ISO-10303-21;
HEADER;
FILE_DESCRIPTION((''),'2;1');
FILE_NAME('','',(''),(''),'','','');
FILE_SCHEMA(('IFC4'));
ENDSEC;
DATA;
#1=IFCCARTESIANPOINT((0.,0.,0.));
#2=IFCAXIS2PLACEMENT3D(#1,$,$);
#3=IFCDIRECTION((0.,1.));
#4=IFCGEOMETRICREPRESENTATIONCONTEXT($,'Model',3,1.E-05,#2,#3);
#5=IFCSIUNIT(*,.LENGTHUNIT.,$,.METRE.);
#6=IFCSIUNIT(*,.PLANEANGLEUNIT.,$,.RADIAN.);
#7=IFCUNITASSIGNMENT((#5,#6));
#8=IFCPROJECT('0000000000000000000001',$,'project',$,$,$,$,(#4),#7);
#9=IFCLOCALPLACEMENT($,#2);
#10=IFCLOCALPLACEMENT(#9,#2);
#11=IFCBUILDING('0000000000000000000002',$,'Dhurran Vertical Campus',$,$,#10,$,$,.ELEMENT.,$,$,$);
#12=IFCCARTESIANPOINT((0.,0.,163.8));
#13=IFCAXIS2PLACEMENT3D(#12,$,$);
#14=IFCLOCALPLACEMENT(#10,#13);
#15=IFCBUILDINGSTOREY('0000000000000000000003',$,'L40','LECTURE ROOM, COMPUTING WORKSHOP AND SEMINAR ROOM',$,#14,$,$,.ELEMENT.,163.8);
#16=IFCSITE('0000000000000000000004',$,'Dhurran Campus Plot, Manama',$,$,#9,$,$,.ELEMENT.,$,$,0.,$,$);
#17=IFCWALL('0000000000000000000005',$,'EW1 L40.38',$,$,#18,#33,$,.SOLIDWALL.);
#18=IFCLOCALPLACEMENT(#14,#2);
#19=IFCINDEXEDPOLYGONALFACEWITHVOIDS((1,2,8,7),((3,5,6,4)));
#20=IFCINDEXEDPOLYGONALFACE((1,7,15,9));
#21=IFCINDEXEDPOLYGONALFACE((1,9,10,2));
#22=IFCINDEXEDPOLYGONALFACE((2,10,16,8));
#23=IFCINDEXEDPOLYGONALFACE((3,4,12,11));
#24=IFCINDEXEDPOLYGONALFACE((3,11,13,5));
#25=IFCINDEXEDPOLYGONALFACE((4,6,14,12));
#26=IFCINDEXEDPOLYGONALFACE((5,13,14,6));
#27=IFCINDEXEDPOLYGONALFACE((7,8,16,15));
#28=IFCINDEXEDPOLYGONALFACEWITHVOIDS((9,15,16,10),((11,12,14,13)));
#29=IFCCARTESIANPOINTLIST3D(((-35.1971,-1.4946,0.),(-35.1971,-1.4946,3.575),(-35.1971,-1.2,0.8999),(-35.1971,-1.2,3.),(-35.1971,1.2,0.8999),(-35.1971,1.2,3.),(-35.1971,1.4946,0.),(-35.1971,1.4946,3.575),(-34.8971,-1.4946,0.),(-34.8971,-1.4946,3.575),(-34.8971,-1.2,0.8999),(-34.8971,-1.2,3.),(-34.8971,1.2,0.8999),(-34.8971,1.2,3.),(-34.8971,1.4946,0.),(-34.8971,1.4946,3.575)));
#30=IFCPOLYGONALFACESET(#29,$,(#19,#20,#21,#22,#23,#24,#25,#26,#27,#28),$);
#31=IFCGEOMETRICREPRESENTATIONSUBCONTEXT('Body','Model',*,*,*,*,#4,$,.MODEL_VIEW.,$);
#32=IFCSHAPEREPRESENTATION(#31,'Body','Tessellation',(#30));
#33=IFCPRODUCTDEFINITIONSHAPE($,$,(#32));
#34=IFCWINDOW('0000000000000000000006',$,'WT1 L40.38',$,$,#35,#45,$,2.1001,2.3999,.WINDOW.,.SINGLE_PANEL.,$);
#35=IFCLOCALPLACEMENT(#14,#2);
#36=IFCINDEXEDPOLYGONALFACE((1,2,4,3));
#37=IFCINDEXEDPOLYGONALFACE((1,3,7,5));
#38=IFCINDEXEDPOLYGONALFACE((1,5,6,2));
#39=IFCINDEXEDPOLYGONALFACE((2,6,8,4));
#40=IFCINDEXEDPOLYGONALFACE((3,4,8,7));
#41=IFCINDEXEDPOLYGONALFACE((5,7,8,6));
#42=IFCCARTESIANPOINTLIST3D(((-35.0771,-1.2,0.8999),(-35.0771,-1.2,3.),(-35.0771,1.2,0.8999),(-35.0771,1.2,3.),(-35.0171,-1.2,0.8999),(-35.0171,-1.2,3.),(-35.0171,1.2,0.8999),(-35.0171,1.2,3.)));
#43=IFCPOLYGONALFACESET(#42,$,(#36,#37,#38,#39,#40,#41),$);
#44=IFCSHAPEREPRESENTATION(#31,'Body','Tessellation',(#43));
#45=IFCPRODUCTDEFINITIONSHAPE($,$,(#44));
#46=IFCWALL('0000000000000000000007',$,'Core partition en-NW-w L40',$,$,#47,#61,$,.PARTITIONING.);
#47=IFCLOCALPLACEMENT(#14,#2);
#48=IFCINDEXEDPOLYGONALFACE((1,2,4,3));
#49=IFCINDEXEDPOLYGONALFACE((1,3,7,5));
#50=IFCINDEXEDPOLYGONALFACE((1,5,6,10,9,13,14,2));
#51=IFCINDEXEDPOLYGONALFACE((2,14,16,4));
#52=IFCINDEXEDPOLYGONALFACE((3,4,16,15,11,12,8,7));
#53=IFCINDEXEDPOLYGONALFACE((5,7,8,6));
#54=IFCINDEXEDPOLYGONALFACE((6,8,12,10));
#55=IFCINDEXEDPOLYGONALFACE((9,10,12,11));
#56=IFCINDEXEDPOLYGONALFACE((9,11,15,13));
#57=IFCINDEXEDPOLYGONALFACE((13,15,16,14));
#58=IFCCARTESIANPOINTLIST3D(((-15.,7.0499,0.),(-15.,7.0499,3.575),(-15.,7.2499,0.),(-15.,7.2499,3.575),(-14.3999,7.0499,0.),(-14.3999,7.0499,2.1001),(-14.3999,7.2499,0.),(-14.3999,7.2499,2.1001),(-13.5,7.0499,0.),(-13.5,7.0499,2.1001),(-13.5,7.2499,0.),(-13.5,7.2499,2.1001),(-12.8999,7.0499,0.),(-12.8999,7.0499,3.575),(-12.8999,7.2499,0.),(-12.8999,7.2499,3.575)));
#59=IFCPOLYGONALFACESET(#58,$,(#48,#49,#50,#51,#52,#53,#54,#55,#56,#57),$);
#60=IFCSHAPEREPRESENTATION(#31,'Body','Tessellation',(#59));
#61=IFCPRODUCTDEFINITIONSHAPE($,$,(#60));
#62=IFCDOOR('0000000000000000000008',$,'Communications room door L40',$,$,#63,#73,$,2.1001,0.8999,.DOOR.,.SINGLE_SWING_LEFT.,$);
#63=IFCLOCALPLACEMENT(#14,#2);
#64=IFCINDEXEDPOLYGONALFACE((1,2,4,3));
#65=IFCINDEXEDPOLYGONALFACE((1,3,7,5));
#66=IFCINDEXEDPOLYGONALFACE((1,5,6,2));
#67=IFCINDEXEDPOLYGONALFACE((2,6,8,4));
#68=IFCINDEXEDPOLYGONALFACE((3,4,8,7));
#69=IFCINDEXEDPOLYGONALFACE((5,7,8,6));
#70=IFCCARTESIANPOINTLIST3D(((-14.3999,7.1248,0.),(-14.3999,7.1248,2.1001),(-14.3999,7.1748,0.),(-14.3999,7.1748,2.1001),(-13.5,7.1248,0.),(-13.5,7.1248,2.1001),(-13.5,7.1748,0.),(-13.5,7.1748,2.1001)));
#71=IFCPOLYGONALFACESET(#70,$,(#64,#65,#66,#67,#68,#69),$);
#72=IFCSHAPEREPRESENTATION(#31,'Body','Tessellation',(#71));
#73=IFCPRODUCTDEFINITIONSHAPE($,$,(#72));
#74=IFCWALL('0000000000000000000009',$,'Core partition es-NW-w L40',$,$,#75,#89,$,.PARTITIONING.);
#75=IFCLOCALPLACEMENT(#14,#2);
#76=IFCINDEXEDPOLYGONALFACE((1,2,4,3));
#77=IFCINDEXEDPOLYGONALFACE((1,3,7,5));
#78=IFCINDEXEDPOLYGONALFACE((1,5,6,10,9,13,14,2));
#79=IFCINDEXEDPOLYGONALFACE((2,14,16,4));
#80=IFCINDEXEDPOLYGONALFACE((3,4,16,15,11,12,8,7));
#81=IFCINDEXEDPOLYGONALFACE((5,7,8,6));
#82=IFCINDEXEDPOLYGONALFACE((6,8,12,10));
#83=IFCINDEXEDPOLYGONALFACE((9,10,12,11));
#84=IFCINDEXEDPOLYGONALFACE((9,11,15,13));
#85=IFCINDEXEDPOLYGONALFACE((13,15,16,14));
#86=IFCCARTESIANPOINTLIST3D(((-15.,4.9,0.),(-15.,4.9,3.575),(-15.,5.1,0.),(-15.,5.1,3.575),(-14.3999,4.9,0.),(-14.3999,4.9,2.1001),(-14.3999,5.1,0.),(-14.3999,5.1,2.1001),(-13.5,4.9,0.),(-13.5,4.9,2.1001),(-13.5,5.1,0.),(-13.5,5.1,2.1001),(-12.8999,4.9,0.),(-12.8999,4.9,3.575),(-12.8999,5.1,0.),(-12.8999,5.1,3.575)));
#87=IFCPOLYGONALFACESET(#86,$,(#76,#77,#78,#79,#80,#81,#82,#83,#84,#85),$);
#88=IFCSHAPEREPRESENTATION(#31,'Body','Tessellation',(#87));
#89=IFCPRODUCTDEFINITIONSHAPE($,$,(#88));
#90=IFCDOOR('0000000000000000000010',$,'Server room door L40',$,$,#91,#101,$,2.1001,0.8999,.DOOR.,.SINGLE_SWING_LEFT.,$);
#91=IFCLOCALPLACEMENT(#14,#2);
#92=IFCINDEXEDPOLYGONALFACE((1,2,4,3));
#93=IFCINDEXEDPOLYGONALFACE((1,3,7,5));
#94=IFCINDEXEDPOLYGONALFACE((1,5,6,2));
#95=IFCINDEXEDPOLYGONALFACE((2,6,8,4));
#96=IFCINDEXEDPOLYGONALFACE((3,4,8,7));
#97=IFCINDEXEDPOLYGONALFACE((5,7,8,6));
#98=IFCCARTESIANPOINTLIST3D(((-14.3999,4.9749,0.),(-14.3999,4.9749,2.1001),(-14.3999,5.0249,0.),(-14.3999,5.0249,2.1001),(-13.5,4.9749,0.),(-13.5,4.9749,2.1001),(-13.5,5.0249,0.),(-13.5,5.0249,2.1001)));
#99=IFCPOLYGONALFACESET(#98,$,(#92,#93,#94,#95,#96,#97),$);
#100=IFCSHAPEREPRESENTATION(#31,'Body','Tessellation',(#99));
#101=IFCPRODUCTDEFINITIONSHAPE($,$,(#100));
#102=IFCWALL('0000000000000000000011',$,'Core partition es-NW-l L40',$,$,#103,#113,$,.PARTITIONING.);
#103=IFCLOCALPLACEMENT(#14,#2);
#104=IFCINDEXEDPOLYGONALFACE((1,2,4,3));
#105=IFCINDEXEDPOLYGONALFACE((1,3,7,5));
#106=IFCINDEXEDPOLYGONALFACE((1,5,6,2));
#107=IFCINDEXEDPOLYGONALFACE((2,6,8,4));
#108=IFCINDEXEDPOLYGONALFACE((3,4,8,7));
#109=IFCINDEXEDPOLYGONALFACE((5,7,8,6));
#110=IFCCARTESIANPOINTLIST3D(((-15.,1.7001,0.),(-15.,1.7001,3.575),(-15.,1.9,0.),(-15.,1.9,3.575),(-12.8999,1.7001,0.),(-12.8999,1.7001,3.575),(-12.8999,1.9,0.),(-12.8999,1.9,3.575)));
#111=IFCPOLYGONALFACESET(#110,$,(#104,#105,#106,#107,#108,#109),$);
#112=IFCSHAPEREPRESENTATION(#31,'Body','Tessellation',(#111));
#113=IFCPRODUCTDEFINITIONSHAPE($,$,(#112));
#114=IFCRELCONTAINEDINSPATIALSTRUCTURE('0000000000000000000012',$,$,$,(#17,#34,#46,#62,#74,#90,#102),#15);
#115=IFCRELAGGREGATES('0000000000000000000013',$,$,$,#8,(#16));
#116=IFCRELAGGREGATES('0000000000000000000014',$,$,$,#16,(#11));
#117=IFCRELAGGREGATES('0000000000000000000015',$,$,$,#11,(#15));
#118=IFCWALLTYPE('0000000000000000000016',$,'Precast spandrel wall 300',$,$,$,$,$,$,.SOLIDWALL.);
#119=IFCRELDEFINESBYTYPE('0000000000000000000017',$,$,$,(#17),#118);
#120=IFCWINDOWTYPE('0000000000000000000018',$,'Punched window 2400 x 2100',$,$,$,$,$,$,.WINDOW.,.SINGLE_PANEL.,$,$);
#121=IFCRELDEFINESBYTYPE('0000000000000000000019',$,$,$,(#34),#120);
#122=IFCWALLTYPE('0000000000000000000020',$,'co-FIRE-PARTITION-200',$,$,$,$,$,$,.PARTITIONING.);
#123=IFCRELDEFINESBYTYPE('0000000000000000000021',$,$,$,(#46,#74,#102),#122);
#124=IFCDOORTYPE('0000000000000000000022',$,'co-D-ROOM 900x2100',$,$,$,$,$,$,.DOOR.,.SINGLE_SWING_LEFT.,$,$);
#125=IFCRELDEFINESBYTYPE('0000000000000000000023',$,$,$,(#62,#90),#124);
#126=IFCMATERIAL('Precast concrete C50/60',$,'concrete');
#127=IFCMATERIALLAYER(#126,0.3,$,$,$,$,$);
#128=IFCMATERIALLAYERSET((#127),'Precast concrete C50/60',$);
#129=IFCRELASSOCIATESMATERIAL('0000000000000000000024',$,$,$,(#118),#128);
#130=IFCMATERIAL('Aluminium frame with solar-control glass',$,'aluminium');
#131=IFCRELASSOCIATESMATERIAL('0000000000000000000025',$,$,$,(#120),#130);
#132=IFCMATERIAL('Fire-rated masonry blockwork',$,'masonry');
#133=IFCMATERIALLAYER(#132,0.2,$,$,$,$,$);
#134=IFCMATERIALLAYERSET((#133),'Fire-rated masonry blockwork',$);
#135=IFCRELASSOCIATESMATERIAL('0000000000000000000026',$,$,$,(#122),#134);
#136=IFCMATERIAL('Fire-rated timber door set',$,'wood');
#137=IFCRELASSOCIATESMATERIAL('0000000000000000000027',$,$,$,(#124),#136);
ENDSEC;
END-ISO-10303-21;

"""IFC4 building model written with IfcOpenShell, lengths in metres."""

from ifc_helpers import new_model, si_unit, direction, frame, frame_2d, origin, place, context, subcontext, project, spatial, rectangle, extrude, material, layer, layer_set, type_object, element, fill, save


model = new_model("IFC4")

# Units and contexts
model_context = context("Model", 3, precision=1e-05, world=origin(), true_north=direction((0.0, 1.0)))
body_context = subcontext(model_context, "Body", "Model", "MODEL_VIEW")
ifc_project = project(units=[si_unit("LENGTHUNIT", "METRE"), si_unit("PLANEANGLEUNIT", "RADIAN")], contexts=[model_context])

# Site, building, storey
site_placement = place(None, origin())
site = spatial("IfcSite", under=ifc_project, at=site_placement, Name="Dhurran Campus Plot, Manama", CompositionType="ELEMENT", RefElevation=0.0)
building_placement = place(site_placement, origin())
building = spatial("IfcBuilding", under=site, at=building_placement, Name="Dhurran Vertical Campus", CompositionType="ELEMENT")
storey_placement = place(building_placement, frame((0.0, 0.0, 163.8)))
storey = spatial("IfcBuildingStorey", under=building, at=storey_placement, Name="L40", Description="LECTURE ROOM, COMPUTING WORKSHOP AND SEMINAR ROOM", CompositionType="ELEMENT", Elevation=163.8)

# Wall, opening, window
ifc_material_1 = material(Name="Precast concrete C50/60", Category="concrete")
ifc_layer_1 = layer(ifc_material_1, 0.3)
ifc_layer_set_1 = layer_set([ifc_layer_1], Name="Precast concrete C50/60")
wall_type_1 = type_object("IfcWallType", Name="Precast spandrel wall 300", PredefinedType="SOLIDWALL", material=ifc_layer_set_1)
ifc_material_2 = material(Name="Aluminium frame with solar-control glass", Category="aluminium")
window_type = type_object("IfcWindowType", Name="Punched window 2400 x 2100", PartitioningType="SINGLE_PANEL", PredefinedType="WINDOW", material=ifc_material_2)
wall_1_placement = place(storey_placement, frame((-35.0471, 1.4946, 0.0), z_axis=(0.0, 0.0, 1.0), x_axis=(0.0, -1.0, 0.0)))
wall_1 = element("IfcWall", 1, at=wall_1_placement, inside=storey, type_object=wall_type_1, Name="EW1 L40.38", PredefinedType="SOLIDWALL", context=body_context, shape_type="SweptSolid", body=[
    extrude(rectangle(XDim=2.9893, YDim=0.3, at=frame_2d((1.4946, 0.0))), origin(), (0.0, 0.0, 1.0), 3.575),
])
opening_1_placement = place(wall_1_placement, frame((0.2947, 0.0, 0.8999)))
opening_1 = element("IfcOpeningElement", 2, at=opening_1_placement, cuts=wall_1, PredefinedType="OPENING", context=body_context, shape_type="SweptSolid", body=[
    extrude(rectangle(XDim=2.3999, YDim=2.1001, at=frame_2d((1.2, 1.05))), frame((0.0, 0.1599, 0.0), z_axis=(0.0, -1.0, 0.0), x_axis=(1.0, 0.0, 0.0)), (0.0, 0.0, 1.0), 0.3201),
])
window_1_placement = place(opening_1_placement, origin())
window_1 = element("IfcWindow", 3, at=window_1_placement, inside=storey, type_object=window_type, Name="WT1 L40.38", OverallHeight=2.1001, OverallWidth=2.3999, PartitioningType="SINGLE_PANEL", PredefinedType="WINDOW", context=body_context, shape_type="SweptSolid", body=[
    extrude(rectangle(XDim=2.3999, YDim=2.1001, at=frame_2d((1.2, 1.05))), frame((0.0, 0.03, 0.0), z_axis=(0.0, -1.0, 0.0), x_axis=(1.0, 0.0, 0.0)), (0.0, 0.0, 1.0), 0.0601),
])
fill(opening_1, window_1)

# Walls, openings, doors
ifc_material_3 = material(Name="Fire-rated masonry blockwork", Category="masonry")
ifc_layer_2 = layer(ifc_material_3, 0.2)
ifc_layer_set_2 = layer_set([ifc_layer_2], Name="Fire-rated masonry blockwork")
wall_type_2 = type_object("IfcWallType", Name="co-FIRE-PARTITION-200", PredefinedType="PARTITIONING", material=ifc_layer_set_2)
wall_2_placement = place(storey_placement, frame((-15.0, 7.1499, 0.0), z_axis=(0.0, 0.0, 1.0), x_axis=(1.0, 0.0, 0.0)))
wall_2 = element("IfcWall", 4, at=wall_2_placement, inside=storey, type_object=wall_type_2, Name="Core partition en-NW-w L40", PredefinedType="PARTITIONING", context=body_context, shape_type="SweptSolid", body=[
    extrude(rectangle(XDim=2.1001, YDim=0.2, at=frame_2d((1.05, 0.0))), origin(), (0.0, 0.0, 1.0), 3.575),
])
opening_2_placement = place(wall_2_placement, frame((0.6001, 0.0, 0.0)))
opening_2 = element("IfcOpeningElement", 5, at=opening_2_placement, cuts=wall_2, PredefinedType="OPENING", context=body_context, shape_type="SweptSolid", body=[
    extrude(rectangle(XDim=0.8999, YDim=2.1001, at=frame_2d((0.45, 1.05))), frame((0.0, 0.1099, 0.0), z_axis=(0.0, -1.0, 0.0), x_axis=(1.0, 0.0, 0.0)), (0.0, 0.0, 1.0), 0.22),
])
ifc_material_4 = material(Name="Fire-rated timber door set", Category="wood")
door_type_1 = type_object("IfcDoorType", Name="co-D-ROOM 900x2100", OperationType="SINGLE_SWING_LEFT", PredefinedType="DOOR", material=ifc_material_4)
door_1_placement = place(opening_2_placement, origin())
door_1 = element("IfcDoor", 6, at=door_1_placement, inside=storey, type_object=door_type_1, Name="Communications room door L40", OperationType="SINGLE_SWING_LEFT", OverallHeight=2.1001, OverallWidth=0.8999, PredefinedType="DOOR", context=body_context, shape_type="SweptSolid", body=[
    extrude(rectangle(XDim=0.8999, YDim=2.1001, at=frame_2d((0.45, 1.05))), frame((0.0, 0.0249, 0.0), z_axis=(0.0, -1.0, 0.0), x_axis=(1.0, 0.0, 0.0)), (0.0, 0.0, 1.0), 0.05),
])
fill(opening_2, door_1)
wall_3_placement = place(storey_placement, frame((-15.0, 5.0, 0.0), z_axis=(0.0, 0.0, 1.0), x_axis=(1.0, 0.0, 0.0)))
wall_3 = element("IfcWall", 7, at=wall_3_placement, inside=storey, type_object=wall_type_2, Name="Core partition es-NW-w L40", PredefinedType="PARTITIONING", context=body_context, shape_type="SweptSolid", body=[
    extrude(rectangle(XDim=2.1001, YDim=0.2, at=frame_2d((1.05, 0.0))), origin(), (0.0, 0.0, 1.0), 3.575),
])
opening_3_placement = place(wall_3_placement, frame((0.6001, 0.0, 0.0)))
opening_3 = element("IfcOpeningElement", 8, at=opening_3_placement, cuts=wall_3, PredefinedType="OPENING", context=body_context, shape_type="SweptSolid", body=[
    extrude(rectangle(XDim=0.8999, YDim=2.1001, at=frame_2d((0.45, 1.05))), frame((0.0, 0.1099, 0.0), z_axis=(0.0, -1.0, 0.0), x_axis=(1.0, 0.0, 0.0)), (0.0, 0.0, 1.0), 0.22),
])
door_2_placement = place(opening_3_placement, origin())
door_2 = element("IfcDoor", 9, at=door_2_placement, inside=storey, type_object=door_type_1, Name="Server room door L40", OperationType="SINGLE_SWING_LEFT", OverallHeight=2.1001, OverallWidth=0.8999, PredefinedType="DOOR", context=body_context, shape_type="SweptSolid", body=[
    extrude(rectangle(XDim=0.8999, YDim=2.1001, at=frame_2d((0.45, 1.05))), frame((0.0, 0.0249, 0.0), z_axis=(0.0, -1.0, 0.0), x_axis=(1.0, 0.0, 0.0)), (0.0, 0.0, 1.0), 0.05),
])
fill(opening_3, door_2)

# Wall
wall_4_placement = place(storey_placement, frame((-15.0, 1.8, 0.0), z_axis=(0.0, 0.0, 1.0), x_axis=(1.0, 0.0, 0.0)))
element("IfcWall", 10, at=wall_4_placement, inside=storey, type_object=wall_type_2, Name="Core partition es-NW-l L40", PredefinedType="PARTITIONING", context=body_context, shape_type="SweptSolid", body=[
    extrude(rectangle(XDim=2.1001, YDim=0.2, at=frame_2d((1.05, 0.0))), origin(), (0.0, 0.0, 1.0), 3.575),
])

save(model, "model.ifc")
